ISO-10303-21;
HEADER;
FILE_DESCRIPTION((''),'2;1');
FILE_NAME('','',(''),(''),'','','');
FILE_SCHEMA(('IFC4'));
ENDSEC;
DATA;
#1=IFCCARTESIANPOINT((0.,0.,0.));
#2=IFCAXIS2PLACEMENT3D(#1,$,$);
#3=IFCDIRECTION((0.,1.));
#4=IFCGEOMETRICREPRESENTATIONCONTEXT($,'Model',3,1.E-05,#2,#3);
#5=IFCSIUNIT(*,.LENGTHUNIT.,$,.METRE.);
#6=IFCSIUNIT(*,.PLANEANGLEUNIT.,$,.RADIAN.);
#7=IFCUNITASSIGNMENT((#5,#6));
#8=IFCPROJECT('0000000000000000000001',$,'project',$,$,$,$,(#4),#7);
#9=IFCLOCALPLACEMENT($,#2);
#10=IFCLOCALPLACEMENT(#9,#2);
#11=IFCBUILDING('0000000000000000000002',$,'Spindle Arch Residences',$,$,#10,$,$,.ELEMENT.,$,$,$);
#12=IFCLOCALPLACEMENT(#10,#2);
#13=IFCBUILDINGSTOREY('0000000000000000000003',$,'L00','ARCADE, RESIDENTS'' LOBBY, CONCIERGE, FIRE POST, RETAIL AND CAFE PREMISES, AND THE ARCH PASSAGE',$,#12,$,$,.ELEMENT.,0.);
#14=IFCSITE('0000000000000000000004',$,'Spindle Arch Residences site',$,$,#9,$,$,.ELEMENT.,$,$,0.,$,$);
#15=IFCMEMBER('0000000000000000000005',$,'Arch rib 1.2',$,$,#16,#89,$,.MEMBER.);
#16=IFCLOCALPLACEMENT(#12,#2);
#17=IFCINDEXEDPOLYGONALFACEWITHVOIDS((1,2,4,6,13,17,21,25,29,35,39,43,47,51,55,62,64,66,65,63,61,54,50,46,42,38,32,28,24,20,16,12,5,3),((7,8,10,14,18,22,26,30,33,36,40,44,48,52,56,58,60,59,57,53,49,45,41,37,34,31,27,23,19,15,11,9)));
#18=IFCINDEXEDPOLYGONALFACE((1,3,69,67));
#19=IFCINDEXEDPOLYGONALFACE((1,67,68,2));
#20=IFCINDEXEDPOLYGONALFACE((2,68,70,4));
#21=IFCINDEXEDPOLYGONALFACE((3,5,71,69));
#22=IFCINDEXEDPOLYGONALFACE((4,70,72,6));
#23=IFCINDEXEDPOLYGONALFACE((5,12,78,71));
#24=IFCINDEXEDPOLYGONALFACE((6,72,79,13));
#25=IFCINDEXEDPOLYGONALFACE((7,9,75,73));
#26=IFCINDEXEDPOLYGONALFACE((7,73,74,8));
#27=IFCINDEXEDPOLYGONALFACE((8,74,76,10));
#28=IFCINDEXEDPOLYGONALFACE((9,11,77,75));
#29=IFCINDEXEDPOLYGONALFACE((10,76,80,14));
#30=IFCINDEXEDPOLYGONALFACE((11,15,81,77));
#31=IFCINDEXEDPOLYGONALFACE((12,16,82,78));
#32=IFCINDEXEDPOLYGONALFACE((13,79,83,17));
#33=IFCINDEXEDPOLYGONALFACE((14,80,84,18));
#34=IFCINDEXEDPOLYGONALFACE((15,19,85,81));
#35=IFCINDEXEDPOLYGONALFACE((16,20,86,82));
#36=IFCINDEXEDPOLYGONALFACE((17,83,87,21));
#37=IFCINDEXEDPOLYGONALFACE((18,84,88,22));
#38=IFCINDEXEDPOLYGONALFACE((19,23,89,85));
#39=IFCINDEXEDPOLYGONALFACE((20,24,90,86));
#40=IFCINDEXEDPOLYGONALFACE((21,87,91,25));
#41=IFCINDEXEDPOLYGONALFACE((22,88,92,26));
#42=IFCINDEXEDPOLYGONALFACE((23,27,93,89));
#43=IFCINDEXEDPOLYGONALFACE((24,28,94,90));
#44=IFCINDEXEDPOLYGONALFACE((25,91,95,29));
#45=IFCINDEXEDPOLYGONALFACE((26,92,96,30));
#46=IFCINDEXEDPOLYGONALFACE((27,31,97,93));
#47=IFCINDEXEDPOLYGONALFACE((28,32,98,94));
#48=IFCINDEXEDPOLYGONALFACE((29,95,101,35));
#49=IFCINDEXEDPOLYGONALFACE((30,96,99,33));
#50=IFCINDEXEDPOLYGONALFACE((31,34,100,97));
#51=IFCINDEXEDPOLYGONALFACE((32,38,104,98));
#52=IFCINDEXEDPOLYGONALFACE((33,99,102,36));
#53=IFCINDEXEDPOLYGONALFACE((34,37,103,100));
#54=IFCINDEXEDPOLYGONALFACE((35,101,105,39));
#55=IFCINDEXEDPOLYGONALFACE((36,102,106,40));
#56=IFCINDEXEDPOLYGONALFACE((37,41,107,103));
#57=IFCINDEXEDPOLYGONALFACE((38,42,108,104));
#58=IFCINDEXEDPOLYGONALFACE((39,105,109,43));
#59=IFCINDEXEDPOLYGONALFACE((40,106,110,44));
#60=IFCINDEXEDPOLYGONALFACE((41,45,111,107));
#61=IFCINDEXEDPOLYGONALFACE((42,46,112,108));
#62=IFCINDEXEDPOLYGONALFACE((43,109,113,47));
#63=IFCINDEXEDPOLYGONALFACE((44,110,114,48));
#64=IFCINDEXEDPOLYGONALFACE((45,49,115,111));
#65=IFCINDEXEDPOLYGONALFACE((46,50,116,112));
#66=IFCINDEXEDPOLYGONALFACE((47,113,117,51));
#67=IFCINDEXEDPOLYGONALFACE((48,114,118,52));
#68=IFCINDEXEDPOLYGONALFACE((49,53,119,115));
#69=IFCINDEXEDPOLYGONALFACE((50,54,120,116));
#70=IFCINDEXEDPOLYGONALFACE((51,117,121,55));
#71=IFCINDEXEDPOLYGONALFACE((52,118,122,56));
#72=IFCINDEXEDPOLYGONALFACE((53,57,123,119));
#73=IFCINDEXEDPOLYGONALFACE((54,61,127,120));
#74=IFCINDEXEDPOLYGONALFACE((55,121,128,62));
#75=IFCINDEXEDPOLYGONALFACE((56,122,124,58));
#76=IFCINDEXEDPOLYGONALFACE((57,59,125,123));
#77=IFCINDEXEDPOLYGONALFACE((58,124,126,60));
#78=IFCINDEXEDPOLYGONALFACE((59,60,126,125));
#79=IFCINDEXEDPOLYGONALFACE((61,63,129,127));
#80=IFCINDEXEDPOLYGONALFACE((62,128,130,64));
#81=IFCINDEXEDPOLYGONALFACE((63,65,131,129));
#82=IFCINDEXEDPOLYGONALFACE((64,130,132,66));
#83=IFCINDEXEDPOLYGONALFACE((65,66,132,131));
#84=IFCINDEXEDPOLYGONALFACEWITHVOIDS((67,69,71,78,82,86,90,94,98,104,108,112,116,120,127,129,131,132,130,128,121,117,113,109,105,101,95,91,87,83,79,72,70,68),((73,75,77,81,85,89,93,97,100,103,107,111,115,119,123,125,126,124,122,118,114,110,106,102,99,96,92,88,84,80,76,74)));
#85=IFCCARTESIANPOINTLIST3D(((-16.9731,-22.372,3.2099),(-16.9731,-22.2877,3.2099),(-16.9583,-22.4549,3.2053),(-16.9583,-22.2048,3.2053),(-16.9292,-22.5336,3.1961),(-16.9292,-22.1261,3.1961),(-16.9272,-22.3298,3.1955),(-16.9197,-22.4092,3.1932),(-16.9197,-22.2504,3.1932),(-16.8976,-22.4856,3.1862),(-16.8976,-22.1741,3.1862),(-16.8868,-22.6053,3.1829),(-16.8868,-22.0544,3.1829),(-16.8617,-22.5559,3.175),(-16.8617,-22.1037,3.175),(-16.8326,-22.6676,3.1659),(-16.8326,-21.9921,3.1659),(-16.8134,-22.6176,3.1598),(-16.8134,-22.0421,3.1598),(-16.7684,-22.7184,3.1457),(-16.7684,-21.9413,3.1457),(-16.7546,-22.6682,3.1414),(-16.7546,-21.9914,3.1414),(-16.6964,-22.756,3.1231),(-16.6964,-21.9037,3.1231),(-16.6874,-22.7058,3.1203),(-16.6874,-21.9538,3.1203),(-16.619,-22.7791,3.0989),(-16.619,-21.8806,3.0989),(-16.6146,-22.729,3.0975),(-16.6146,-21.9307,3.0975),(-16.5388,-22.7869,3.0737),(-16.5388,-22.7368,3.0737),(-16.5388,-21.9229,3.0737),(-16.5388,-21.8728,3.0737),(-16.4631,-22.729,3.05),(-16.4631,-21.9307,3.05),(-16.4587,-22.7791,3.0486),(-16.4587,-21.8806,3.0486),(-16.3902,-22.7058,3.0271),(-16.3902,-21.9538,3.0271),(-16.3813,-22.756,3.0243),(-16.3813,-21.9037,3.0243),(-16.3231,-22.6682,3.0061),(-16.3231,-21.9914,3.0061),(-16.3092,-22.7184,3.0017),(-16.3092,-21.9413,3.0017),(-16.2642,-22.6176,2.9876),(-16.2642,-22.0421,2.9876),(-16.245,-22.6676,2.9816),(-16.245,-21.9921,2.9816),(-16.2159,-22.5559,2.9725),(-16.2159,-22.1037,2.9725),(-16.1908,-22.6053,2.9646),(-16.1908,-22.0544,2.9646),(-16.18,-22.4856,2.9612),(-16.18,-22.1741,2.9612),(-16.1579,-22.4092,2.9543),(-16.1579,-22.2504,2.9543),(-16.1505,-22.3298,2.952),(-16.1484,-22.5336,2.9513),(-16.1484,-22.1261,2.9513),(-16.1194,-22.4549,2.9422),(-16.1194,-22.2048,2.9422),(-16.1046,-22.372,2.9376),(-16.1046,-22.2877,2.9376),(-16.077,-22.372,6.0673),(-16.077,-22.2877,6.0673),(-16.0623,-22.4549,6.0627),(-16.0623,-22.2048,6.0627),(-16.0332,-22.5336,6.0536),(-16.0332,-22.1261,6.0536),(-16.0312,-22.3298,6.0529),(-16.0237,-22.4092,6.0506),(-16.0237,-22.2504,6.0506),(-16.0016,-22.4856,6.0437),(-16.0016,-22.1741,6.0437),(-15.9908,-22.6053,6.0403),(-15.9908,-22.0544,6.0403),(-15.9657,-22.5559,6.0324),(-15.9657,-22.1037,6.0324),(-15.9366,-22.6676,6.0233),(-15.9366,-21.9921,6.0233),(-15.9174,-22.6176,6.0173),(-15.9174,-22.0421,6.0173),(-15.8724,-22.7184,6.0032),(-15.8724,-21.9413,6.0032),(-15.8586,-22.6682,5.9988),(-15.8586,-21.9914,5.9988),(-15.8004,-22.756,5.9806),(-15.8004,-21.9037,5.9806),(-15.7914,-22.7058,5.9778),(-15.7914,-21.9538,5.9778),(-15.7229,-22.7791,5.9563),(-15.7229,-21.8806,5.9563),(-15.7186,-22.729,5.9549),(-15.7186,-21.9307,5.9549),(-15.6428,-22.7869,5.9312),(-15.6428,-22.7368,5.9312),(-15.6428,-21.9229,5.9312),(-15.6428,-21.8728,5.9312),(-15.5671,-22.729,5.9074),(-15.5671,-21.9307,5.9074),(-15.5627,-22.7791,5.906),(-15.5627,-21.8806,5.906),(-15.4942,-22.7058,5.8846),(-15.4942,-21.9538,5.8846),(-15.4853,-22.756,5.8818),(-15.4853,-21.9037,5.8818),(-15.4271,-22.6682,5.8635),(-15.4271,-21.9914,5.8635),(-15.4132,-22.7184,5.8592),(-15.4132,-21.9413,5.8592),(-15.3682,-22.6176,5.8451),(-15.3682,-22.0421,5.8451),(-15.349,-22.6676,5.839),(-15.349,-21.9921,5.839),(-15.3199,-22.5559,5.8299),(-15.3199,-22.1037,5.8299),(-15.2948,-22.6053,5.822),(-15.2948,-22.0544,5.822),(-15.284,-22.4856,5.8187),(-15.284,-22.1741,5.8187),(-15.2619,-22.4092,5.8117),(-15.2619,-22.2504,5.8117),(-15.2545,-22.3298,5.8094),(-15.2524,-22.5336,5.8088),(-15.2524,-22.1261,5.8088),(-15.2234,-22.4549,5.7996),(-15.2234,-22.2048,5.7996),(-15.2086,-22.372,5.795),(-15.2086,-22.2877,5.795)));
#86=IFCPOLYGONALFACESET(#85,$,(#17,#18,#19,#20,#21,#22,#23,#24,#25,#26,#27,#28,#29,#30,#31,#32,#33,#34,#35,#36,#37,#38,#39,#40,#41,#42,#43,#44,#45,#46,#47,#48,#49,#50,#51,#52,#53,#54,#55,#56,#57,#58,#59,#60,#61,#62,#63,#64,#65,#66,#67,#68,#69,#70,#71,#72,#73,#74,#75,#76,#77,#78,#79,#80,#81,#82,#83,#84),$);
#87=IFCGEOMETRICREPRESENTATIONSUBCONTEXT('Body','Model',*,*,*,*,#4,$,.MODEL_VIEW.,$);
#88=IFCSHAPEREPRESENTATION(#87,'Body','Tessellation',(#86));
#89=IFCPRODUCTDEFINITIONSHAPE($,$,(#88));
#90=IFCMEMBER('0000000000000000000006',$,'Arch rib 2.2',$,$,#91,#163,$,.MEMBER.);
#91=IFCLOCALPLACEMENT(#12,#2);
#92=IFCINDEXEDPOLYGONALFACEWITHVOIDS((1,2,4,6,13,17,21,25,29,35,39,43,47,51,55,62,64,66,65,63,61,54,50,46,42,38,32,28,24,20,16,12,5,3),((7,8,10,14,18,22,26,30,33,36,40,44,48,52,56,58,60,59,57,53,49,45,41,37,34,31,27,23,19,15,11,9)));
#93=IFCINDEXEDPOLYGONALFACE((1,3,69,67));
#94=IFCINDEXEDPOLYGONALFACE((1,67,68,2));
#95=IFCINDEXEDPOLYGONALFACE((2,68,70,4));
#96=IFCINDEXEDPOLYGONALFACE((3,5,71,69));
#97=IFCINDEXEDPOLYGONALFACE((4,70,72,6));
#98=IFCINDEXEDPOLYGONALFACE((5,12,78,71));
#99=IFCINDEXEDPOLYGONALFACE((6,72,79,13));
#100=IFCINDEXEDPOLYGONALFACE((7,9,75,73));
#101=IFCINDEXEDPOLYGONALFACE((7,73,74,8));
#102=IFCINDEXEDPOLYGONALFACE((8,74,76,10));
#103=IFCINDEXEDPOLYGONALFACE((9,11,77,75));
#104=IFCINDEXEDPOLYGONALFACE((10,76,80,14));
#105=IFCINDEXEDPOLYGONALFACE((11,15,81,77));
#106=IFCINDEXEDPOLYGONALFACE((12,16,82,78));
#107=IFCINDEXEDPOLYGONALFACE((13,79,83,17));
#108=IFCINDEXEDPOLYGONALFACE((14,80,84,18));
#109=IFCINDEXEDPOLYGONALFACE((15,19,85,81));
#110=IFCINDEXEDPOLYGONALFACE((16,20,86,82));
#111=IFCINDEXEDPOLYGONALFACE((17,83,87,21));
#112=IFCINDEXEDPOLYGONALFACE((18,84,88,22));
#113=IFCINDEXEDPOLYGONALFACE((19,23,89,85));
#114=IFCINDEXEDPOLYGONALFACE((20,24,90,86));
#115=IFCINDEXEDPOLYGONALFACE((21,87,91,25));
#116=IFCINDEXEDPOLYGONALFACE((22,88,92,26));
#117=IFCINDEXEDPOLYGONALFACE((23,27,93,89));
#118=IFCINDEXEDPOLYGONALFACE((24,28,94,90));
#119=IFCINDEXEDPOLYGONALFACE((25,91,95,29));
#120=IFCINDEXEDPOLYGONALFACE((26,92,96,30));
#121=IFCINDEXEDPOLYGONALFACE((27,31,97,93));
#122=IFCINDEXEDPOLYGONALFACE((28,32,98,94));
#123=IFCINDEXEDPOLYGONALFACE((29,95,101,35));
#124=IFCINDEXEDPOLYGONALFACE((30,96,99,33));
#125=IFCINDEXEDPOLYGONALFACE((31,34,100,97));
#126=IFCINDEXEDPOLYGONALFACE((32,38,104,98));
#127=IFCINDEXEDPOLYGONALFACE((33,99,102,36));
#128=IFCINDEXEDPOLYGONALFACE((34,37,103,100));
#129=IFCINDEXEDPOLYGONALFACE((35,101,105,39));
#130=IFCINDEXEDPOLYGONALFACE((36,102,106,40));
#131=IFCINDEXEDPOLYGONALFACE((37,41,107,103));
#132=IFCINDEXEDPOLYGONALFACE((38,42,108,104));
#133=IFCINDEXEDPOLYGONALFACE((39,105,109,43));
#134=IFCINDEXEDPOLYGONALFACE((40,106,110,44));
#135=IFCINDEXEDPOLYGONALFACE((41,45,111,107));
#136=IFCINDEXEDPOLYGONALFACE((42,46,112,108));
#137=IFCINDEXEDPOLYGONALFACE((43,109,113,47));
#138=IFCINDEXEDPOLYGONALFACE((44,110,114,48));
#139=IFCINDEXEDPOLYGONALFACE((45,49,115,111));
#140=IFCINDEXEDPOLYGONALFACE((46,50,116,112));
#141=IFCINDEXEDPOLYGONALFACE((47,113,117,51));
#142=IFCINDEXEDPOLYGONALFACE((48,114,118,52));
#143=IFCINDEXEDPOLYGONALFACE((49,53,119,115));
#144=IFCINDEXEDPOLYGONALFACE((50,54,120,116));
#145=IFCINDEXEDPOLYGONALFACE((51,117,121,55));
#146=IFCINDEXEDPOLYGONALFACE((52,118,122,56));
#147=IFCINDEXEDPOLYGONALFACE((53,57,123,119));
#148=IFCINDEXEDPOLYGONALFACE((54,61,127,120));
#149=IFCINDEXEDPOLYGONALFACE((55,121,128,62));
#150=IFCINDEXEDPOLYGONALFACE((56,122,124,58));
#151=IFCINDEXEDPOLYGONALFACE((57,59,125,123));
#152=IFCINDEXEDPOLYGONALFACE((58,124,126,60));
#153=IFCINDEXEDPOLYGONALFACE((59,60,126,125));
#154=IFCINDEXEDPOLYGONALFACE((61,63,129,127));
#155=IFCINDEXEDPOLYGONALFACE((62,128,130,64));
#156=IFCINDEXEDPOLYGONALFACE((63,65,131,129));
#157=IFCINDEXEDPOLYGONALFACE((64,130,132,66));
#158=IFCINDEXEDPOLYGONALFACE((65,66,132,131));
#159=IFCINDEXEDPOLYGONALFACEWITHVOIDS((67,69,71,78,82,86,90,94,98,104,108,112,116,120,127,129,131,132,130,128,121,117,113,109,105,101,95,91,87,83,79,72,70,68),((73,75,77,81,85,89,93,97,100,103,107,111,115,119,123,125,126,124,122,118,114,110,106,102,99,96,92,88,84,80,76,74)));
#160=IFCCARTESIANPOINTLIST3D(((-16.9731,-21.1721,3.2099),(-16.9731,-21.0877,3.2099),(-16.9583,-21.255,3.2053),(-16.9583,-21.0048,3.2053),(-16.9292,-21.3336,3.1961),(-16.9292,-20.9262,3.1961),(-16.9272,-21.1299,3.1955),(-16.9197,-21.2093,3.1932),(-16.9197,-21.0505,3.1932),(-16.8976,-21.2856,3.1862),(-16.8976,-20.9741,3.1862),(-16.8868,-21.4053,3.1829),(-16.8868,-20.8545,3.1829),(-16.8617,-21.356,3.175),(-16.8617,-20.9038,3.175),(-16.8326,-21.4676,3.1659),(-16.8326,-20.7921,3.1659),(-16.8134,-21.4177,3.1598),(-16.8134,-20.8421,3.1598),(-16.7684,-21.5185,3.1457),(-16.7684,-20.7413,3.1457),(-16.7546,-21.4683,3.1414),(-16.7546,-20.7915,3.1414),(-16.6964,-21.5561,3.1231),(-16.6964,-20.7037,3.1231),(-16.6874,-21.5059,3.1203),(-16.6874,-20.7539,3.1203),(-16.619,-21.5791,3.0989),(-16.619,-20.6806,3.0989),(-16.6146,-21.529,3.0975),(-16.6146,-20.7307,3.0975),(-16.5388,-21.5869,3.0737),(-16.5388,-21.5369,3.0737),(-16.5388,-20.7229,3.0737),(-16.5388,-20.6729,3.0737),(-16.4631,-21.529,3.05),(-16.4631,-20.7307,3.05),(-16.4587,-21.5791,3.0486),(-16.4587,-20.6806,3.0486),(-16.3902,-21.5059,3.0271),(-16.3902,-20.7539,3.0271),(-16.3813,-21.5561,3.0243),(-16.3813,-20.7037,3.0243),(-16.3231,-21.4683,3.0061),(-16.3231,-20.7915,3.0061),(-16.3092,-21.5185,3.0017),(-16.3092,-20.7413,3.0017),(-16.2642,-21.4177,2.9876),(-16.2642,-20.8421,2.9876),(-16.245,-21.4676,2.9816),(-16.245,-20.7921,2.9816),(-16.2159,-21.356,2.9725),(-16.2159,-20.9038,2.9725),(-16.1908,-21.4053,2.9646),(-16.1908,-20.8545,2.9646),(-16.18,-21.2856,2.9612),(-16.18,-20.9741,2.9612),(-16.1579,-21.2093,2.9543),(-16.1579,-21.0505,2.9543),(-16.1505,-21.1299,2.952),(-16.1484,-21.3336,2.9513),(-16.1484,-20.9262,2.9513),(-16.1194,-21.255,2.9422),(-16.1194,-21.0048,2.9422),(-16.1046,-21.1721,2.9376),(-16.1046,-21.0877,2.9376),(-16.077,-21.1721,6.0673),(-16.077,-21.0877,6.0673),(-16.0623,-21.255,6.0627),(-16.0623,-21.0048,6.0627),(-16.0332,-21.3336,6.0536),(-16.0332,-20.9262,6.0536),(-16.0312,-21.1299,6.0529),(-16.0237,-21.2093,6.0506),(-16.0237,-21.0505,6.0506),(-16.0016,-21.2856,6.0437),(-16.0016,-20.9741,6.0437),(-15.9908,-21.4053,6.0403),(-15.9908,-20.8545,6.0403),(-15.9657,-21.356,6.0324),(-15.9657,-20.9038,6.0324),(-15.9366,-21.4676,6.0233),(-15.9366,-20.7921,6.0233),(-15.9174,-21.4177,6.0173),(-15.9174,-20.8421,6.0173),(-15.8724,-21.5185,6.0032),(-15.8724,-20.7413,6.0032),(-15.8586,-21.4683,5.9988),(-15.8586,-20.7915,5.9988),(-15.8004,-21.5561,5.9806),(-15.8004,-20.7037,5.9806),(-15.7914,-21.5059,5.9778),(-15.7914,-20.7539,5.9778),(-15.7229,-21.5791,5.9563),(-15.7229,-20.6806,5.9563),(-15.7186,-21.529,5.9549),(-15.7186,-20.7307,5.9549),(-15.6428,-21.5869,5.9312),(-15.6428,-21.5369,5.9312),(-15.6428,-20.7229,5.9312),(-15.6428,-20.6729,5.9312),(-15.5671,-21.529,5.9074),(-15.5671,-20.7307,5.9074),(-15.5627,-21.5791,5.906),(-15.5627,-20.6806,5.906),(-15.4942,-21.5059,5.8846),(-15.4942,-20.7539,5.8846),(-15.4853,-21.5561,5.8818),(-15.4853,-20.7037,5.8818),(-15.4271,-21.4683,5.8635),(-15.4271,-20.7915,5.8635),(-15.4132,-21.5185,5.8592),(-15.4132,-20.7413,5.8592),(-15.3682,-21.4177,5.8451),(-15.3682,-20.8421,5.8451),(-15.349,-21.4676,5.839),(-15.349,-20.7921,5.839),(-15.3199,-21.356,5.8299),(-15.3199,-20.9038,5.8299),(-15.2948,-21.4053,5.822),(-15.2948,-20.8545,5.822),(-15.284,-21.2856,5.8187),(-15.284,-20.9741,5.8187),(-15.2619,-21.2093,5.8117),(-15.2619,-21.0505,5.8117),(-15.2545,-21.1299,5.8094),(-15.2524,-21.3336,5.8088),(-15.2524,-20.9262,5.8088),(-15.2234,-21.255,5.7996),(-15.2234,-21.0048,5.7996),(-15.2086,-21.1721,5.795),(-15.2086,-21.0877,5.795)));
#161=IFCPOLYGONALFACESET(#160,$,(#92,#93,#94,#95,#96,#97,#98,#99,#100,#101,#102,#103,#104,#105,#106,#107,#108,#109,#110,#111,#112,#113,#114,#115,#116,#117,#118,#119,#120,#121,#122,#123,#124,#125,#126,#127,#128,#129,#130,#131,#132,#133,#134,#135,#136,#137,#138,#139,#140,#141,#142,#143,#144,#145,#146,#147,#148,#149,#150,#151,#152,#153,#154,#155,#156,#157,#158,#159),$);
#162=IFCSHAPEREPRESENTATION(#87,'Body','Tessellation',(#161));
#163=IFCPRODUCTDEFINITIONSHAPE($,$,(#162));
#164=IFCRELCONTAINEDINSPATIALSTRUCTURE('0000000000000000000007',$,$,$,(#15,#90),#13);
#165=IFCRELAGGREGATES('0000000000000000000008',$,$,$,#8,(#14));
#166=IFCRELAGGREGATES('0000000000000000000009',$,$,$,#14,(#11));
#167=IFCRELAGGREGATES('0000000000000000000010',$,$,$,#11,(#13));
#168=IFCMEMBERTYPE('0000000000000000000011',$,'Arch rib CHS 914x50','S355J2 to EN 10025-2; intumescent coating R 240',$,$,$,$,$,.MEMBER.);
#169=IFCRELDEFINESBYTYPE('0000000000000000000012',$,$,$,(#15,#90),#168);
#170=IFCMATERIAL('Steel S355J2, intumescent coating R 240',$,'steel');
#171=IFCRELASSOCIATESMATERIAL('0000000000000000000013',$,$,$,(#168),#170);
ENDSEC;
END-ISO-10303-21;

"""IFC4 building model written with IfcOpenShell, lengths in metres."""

from ifc_helpers import new_model, si_unit, direction, frame, origin, origin_2d, place, context, subcontext, project, spatial, hollow_circle, extrude, material, material_profile, profile_set, type_object, element, save


model = new_model("IFC4")

# Units and contexts
model_context = context("Model", 3, precision=1e-05, world=origin(), true_north=direction((0.0, 1.0)))
body_context = subcontext(model_context, "Body", "Model", "MODEL_VIEW")
ifc_project = project(units=[si_unit("LENGTHUNIT", "METRE"), si_unit("PLANEANGLEUNIT", "RADIAN")], contexts=[model_context])

# Site, building, storey
site_placement = place(None, origin())
site = spatial("IfcSite", under=ifc_project, at=site_placement, Name="Spindle Arch Residences site", CompositionType="ELEMENT", RefElevation=0.0)
building_placement = place(site_placement, origin())
building = spatial("IfcBuilding", under=site, at=building_placement, Name="Spindle Arch Residences", CompositionType="ELEMENT")
storey_placement = place(building_placement, origin())
storey = spatial("IfcBuildingStorey", under=building, at=storey_placement, Name="L00", Description="ARCADE, RESIDENTS' LOBBY, CONCIERGE, FIRE POST, RETAIL AND CAFE PREMISES, AND THE ARCH PASSAGE", CompositionType="ELEMENT", Elevation=0.0)

# Members
ifc_material_1 = material(Name="Steel S355J2, intumescent coating R 240", Category="steel")
ifc_material_profile_1 = material_profile(ifc_material_1, hollow_circle(Radius=0.457, WallThickness=0.05, at=origin_2d()), Name="CHS 914x50")
ifc_profile_set_1 = profile_set([ifc_material_profile_1], Name="Steel S355J2, intumescent coating R 240")
member_type_1 = type_object("IfcMemberType", Name="Arch rib CHS 914x50", Description="S355J2 to EN 10025-2; intumescent coating R 240", PredefinedType="MEMBER", material=ifc_profile_set_1)
for number, where, z_axis, x_axis, name in (
    (1, (-16.5388, -22.3298, 3.0737), (0.299203, 0.0, 0.954189), (0.0, 1.0, 0.0), "Arch rib 1.2"),
    (2, (-16.5388, -21.1299, 3.0737), (0.299203, 0.0, 0.954189), (0.0, 1.0, 0.0), "Arch rib 2.2"),
):
    element("IfcMember", number, at=place(storey_placement, frame(where, z_axis=z_axis, x_axis=x_axis)), inside=storey, type_object=member_type_1, Name=name, PredefinedType="MEMBER", context=body_context, shape_type="SweptSolid", body=[
        extrude(hollow_circle(Radius=0.457, WallThickness=0.05, at=origin_2d()), origin(), (0.0, 0.0, 1.0), 2.9946),
    ])

save(model, "model.ifc")
